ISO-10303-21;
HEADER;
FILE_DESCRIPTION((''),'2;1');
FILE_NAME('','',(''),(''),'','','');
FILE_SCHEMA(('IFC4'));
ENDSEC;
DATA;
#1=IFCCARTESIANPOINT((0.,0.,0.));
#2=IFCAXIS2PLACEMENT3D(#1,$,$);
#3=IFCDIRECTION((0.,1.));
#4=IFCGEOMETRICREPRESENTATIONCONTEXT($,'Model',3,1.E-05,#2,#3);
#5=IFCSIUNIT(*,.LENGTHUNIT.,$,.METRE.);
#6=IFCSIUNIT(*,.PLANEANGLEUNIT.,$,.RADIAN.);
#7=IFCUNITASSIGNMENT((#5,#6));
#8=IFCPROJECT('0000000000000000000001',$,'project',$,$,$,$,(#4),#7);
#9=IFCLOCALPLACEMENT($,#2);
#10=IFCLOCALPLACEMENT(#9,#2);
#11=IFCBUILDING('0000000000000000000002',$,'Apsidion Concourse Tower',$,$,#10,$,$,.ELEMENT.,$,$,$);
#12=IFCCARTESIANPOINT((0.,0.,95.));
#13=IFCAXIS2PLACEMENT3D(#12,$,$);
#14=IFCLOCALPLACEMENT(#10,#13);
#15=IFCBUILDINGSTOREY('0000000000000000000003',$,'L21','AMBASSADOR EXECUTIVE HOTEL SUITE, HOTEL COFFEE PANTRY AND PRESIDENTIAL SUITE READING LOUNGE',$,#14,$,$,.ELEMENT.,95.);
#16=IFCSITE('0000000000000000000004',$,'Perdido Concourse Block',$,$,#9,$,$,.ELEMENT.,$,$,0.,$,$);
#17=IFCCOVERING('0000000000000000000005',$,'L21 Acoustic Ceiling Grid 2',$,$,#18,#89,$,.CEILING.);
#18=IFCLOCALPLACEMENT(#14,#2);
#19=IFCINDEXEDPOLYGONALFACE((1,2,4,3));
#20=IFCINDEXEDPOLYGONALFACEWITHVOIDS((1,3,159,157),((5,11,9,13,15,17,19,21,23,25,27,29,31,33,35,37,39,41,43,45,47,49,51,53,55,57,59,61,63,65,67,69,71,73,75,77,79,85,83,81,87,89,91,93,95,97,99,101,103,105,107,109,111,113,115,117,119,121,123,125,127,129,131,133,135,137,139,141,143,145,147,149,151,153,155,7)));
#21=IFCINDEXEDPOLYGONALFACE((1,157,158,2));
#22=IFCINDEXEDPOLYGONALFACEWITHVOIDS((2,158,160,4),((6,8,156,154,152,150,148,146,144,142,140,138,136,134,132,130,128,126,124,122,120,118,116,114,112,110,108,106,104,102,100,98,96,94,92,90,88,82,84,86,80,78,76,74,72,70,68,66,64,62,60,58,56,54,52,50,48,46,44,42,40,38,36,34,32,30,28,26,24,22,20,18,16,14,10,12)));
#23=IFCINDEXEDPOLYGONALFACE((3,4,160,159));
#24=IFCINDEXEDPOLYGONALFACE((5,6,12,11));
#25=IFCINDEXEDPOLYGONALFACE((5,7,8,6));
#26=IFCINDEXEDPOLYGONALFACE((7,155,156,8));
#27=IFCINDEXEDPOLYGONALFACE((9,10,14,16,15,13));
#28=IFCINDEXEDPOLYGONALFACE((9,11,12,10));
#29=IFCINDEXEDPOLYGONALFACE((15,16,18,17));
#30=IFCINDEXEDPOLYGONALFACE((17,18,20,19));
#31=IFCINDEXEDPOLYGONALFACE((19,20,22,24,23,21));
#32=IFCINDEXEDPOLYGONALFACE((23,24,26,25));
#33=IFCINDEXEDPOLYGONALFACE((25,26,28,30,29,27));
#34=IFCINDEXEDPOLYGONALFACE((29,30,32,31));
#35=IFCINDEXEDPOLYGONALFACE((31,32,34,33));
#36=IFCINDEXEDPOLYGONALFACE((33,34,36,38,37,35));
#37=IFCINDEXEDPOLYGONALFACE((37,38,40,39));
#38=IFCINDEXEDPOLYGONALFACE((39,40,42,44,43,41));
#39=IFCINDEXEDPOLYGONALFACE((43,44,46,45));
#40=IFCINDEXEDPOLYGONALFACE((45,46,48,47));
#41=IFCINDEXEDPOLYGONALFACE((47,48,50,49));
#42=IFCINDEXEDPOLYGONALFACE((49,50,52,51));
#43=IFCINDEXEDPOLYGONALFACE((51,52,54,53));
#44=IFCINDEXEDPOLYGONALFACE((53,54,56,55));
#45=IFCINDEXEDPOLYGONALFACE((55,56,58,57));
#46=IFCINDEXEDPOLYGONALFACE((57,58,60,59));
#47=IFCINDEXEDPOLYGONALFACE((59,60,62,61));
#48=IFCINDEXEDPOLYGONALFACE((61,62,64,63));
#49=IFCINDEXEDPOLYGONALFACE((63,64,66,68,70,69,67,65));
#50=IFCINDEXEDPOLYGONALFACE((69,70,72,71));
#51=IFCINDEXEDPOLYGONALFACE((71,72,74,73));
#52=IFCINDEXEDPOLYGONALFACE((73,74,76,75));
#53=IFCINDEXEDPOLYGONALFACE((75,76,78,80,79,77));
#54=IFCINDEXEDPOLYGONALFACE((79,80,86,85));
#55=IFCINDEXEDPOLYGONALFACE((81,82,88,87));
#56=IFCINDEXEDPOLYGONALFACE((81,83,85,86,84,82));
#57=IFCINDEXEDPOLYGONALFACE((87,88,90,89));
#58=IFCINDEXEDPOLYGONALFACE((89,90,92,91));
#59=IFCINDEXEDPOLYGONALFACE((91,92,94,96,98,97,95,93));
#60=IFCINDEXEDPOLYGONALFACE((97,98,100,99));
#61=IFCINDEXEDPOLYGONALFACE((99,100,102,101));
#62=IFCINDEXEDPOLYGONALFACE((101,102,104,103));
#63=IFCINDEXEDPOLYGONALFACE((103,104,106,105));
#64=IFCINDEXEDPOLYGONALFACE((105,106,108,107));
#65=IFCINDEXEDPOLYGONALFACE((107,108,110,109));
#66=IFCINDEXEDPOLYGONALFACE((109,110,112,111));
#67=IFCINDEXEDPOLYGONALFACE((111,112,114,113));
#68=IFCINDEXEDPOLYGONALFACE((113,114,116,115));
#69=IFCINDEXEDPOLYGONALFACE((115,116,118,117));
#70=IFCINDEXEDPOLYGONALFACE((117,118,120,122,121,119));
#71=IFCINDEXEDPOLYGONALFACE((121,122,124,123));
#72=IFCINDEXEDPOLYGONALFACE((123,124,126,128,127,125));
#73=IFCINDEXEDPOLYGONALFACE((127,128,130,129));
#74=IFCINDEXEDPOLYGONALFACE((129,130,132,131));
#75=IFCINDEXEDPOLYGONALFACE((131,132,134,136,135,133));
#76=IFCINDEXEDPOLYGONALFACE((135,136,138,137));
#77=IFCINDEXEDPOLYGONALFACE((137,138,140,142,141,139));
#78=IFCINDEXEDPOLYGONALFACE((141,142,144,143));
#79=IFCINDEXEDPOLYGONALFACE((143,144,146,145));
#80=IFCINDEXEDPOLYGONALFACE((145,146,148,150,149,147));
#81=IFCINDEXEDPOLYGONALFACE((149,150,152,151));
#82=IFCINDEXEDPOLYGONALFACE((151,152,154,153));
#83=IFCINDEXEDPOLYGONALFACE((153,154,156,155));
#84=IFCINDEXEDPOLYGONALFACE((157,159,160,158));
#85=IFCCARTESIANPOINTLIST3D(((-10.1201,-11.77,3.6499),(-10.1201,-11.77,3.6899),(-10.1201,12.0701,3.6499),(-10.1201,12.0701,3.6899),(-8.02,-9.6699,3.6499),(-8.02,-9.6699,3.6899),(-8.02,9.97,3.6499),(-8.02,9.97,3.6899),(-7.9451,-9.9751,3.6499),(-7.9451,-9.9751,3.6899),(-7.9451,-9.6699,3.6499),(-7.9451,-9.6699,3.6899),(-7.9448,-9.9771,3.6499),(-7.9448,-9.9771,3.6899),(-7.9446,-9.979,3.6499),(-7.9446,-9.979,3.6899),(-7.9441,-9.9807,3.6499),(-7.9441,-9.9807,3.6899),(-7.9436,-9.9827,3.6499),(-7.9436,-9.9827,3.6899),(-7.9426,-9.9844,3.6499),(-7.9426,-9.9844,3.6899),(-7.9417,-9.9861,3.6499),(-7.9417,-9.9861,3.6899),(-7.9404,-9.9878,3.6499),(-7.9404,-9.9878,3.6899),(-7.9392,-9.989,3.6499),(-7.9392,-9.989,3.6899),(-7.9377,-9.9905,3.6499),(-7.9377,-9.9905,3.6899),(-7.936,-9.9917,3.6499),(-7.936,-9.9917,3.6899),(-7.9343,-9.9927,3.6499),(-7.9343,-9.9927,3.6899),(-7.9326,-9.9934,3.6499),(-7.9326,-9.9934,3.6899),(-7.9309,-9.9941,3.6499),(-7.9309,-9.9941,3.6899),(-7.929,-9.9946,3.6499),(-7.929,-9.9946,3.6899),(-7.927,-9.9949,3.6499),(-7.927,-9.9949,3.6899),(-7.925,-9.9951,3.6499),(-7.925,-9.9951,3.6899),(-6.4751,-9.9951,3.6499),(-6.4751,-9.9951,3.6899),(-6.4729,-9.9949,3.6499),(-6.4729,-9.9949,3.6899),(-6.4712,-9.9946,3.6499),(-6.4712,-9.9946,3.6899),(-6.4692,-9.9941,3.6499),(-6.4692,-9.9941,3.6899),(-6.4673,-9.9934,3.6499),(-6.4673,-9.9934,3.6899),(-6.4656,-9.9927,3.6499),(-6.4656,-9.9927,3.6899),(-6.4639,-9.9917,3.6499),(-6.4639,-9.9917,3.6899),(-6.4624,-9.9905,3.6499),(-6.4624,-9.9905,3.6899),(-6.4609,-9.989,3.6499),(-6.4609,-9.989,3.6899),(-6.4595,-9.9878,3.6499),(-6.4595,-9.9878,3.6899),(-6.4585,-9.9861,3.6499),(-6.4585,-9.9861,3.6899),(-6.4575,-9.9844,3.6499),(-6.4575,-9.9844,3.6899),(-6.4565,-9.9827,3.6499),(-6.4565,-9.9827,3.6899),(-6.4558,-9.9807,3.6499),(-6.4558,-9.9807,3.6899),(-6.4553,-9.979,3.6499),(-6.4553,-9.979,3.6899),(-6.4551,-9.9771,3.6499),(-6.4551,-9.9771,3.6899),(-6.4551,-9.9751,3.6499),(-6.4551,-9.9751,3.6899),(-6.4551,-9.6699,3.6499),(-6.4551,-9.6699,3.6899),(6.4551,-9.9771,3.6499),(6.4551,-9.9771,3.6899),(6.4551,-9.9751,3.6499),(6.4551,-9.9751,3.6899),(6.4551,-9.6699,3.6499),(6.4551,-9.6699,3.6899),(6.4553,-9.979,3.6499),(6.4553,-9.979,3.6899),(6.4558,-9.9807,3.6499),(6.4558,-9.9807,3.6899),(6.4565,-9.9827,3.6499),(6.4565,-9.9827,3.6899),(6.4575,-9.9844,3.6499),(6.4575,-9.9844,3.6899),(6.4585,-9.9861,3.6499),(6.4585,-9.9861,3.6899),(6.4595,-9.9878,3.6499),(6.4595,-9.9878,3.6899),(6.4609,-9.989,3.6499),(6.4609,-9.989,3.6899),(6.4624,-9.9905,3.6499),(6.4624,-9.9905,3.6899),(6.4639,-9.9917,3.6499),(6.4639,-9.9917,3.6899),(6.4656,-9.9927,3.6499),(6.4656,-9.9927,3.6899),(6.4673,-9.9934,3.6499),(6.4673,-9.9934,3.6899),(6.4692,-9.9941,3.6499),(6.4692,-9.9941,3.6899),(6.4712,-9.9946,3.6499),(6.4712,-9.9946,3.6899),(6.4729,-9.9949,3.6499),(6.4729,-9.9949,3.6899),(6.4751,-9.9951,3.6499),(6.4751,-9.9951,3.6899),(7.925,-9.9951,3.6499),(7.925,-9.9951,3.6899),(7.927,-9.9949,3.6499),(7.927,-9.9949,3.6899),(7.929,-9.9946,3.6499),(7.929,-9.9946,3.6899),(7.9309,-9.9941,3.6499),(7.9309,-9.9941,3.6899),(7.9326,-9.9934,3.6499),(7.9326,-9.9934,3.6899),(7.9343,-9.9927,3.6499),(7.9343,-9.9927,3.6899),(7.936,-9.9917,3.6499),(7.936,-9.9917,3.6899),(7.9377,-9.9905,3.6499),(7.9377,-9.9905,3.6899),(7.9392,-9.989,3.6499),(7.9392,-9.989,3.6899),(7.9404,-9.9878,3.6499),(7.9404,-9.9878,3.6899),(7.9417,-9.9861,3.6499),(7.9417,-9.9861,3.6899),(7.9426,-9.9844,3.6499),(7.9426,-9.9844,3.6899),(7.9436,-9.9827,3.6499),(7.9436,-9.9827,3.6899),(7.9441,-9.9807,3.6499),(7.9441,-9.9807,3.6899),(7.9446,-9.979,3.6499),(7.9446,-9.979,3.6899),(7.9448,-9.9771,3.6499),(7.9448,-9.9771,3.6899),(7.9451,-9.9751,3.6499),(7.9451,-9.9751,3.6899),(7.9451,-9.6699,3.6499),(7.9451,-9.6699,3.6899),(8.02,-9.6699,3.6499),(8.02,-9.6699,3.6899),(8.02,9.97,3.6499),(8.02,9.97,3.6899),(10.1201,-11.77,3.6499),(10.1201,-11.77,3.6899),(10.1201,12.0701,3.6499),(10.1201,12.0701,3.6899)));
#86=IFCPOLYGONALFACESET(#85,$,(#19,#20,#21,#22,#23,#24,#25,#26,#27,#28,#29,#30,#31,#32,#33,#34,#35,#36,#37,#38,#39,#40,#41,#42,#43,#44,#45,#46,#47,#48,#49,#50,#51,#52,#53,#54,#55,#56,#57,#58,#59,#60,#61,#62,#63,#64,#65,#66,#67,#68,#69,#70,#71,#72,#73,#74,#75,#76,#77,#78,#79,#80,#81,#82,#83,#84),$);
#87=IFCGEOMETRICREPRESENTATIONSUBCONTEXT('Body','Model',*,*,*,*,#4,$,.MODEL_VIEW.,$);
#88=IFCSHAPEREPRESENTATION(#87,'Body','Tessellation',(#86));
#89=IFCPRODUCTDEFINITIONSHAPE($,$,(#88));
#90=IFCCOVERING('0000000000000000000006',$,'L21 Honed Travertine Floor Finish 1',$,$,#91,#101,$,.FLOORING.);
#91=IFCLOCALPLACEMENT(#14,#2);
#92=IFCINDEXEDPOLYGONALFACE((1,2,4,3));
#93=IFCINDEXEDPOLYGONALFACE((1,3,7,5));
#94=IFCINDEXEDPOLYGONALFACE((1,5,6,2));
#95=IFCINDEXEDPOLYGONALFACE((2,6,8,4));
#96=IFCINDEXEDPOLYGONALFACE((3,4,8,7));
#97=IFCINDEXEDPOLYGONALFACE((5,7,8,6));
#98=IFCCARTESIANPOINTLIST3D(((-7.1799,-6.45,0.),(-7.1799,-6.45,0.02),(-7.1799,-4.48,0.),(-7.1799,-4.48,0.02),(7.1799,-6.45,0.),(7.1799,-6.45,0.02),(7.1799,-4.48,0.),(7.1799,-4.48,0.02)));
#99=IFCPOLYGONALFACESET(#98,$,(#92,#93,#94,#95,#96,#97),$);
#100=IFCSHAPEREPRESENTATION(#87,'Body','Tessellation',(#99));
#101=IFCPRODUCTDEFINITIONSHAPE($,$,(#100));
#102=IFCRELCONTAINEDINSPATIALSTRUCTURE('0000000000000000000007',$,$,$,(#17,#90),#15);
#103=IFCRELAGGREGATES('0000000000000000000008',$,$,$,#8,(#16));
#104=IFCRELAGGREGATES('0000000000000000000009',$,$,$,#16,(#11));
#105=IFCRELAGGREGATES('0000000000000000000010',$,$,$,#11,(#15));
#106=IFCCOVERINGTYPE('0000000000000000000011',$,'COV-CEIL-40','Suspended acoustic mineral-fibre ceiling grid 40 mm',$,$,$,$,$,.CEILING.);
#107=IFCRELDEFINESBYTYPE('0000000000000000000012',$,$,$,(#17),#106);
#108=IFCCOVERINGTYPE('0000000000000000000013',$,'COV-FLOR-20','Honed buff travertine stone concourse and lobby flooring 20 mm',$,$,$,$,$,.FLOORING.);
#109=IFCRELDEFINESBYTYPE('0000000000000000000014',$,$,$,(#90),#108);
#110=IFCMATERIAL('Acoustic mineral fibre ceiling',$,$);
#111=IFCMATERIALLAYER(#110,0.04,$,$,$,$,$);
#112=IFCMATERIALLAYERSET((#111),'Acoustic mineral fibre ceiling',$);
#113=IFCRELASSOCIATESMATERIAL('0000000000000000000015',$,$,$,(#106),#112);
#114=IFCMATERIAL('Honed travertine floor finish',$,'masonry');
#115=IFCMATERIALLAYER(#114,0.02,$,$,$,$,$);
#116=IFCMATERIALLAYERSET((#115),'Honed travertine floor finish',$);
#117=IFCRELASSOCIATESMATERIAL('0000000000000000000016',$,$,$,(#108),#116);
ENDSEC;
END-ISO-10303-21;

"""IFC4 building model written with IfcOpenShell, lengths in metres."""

from ifc_helpers import new_model, si_unit, direction, frame, origin, place, context, subcontext, project, spatial, polyline, outline, extrude, material, layer, layer_set, type_object, element, save


model = new_model("IFC4")

# Units and contexts
model_context = context("Model", 3, precision=1e-05, world=origin(), true_north=direction((0.0, 1.0)))
body_context = subcontext(model_context, "Body", "Model", "MODEL_VIEW")
ifc_project = project(units=[si_unit("LENGTHUNIT", "METRE"), si_unit("PLANEANGLEUNIT", "RADIAN")], contexts=[model_context])

# Site, building, storey
site_placement = place(None, origin())
site = spatial("IfcSite", under=ifc_project, at=site_placement, Name="Perdido Concourse Block", CompositionType="ELEMENT", RefElevation=0.0)
building_placement = place(site_placement, origin())
building = spatial("IfcBuilding", under=site, at=building_placement, Name="Apsidion Concourse Tower", CompositionType="ELEMENT")
storey_placement = place(building_placement, frame((0.0, 0.0, 95.0)))
storey = spatial("IfcBuildingStorey", under=building, at=storey_placement, Name="L21", Description="AMBASSADOR EXECUTIVE HOTEL SUITE, HOTEL COFFEE PANTRY AND PRESIDENTIAL SUITE READING LOUNGE", CompositionType="ELEMENT", Elevation=95.0)

# Coverings
ifc_material_1 = material(Name="Acoustic mineral fibre ceiling")
ifc_layer_1 = layer(ifc_material_1, 0.04)
ifc_layer_set_1 = layer_set([ifc_layer_1], Name="Acoustic mineral fibre ceiling")
covering_type_1 = type_object("IfcCoveringType", Name="COV-CEIL-40", Description="Suspended acoustic mineral-fibre ceiling grid 40 mm", PredefinedType="CEILING", material=ifc_layer_set_1)
covering_1_placement = place(storey_placement, frame((0.0, 0.0, 3.6499)))
element("IfcCovering", 1, at=covering_1_placement, inside=storey, type_object=covering_type_1, Name="L21 Acoustic Ceiling Grid 2", PredefinedType="CEILING", context=body_context, shape_type="SweptSolid", body=[
    extrude(outline(polyline([(10.1201, 12.0701), (10.1201, -11.77), (-10.1201, -11.77), (-10.1201, 12.0701), (10.1201, 12.0701)]), holes=[polyline([(-8.02, -9.6699), (-7.9451, -9.6699), (-7.9451, -9.9751), (-7.9448, -9.9771), (-7.9446, -9.979), (-7.9441, -9.9807), (-7.9436, -9.9827), (-7.9426, -9.9844), (-7.9417, -9.9861), (-7.9404, -9.9878), (-7.9392, -9.989), (-7.9377, -9.9905), (-7.936, -9.9917), (-7.9343, -9.9927), (-7.9326, -9.9934), (-7.9309, -9.9941), (-7.929, -9.9946), (-7.927, -9.9949), (-7.925, -9.9951), (-6.4751, -9.9951), (-6.4729, -9.9949), (-6.4712, -9.9946), (-6.4692, -9.9941), (-6.4673, -9.9934), (-6.4656, -9.9927), (-6.4639, -9.9917), (-6.4624, -9.9905), (-6.4609, -9.989), (-6.4595, -9.9878), (-6.4585, -9.9861), (-6.4575, -9.9844), (-6.4565, -9.9827), (-6.4558, -9.9807), (-6.4553, -9.979), (-6.4551, -9.9771), (-6.4551, -9.9751), (-6.4551, -9.6699), (6.4551, -9.6699), (6.4551, -9.9751), (6.4551, -9.9771), (6.4553, -9.979), (6.4558, -9.9807), (6.4565, -9.9827), (6.4575, -9.9844), (6.4585, -9.9861), (6.4595, -9.9878), (6.4609, -9.989), (6.4624, -9.9905), (6.4639, -9.9917), (6.4656, -9.9927), (6.4673, -9.9934), (6.4692, -9.9941), (6.4712, -9.9946), (6.4729, -9.9949), (6.4751, -9.9951), (7.925, -9.9951), (7.927, -9.9949), (7.929, -9.9946), (7.9309, -9.9941), (7.9326, -9.9934), (7.9343, -9.9927), (7.936, -9.9917), (7.9377, -9.9905), (7.9392, -9.989), (7.9404, -9.9878), (7.9417, -9.9861), (7.9426, -9.9844), (7.9436, -9.9827), (7.9441, -9.9807), (7.9446, -9.979), (7.9448, -9.9771), (7.9451, -9.9751), (7.9451, -9.6699), (8.02, -9.6699), (8.02, 9.97), (-8.02, 9.97), (-8.02, -9.6699)])]), origin(), (0.0, 0.0, 1.0), 0.04),
])
ifc_material_2 = material(Name="Honed travertine floor finish", Category="masonry")
ifc_layer_2 = layer(ifc_material_2, 0.02)
ifc_layer_set_2 = layer_set([ifc_layer_2], Name="Honed travertine floor finish")
covering_type_2 = type_object("IfcCoveringType", Name="COV-FLOR-20", Description="Honed buff travertine stone concourse and lobby flooring 20 mm", PredefinedType="FLOORING", material=ifc_layer_set_2)
covering_2_placement = place(storey_placement, origin())
element("IfcCovering", 2, at=covering_2_placement, inside=storey, type_object=covering_type_2, Name="L21 Honed Travertine Floor Finish 1", PredefinedType="FLOORING", context=body_context, shape_type="SweptSolid", body=[
    extrude(outline(polyline([(-7.1799, -6.45), (-7.1799, -4.48), (7.1799, -4.48), (7.1799, -6.45), (-7.1799, -6.45)])), origin(), (0.0, 0.0, 1.0), 0.02),
])

save(model, "model.ifc")
